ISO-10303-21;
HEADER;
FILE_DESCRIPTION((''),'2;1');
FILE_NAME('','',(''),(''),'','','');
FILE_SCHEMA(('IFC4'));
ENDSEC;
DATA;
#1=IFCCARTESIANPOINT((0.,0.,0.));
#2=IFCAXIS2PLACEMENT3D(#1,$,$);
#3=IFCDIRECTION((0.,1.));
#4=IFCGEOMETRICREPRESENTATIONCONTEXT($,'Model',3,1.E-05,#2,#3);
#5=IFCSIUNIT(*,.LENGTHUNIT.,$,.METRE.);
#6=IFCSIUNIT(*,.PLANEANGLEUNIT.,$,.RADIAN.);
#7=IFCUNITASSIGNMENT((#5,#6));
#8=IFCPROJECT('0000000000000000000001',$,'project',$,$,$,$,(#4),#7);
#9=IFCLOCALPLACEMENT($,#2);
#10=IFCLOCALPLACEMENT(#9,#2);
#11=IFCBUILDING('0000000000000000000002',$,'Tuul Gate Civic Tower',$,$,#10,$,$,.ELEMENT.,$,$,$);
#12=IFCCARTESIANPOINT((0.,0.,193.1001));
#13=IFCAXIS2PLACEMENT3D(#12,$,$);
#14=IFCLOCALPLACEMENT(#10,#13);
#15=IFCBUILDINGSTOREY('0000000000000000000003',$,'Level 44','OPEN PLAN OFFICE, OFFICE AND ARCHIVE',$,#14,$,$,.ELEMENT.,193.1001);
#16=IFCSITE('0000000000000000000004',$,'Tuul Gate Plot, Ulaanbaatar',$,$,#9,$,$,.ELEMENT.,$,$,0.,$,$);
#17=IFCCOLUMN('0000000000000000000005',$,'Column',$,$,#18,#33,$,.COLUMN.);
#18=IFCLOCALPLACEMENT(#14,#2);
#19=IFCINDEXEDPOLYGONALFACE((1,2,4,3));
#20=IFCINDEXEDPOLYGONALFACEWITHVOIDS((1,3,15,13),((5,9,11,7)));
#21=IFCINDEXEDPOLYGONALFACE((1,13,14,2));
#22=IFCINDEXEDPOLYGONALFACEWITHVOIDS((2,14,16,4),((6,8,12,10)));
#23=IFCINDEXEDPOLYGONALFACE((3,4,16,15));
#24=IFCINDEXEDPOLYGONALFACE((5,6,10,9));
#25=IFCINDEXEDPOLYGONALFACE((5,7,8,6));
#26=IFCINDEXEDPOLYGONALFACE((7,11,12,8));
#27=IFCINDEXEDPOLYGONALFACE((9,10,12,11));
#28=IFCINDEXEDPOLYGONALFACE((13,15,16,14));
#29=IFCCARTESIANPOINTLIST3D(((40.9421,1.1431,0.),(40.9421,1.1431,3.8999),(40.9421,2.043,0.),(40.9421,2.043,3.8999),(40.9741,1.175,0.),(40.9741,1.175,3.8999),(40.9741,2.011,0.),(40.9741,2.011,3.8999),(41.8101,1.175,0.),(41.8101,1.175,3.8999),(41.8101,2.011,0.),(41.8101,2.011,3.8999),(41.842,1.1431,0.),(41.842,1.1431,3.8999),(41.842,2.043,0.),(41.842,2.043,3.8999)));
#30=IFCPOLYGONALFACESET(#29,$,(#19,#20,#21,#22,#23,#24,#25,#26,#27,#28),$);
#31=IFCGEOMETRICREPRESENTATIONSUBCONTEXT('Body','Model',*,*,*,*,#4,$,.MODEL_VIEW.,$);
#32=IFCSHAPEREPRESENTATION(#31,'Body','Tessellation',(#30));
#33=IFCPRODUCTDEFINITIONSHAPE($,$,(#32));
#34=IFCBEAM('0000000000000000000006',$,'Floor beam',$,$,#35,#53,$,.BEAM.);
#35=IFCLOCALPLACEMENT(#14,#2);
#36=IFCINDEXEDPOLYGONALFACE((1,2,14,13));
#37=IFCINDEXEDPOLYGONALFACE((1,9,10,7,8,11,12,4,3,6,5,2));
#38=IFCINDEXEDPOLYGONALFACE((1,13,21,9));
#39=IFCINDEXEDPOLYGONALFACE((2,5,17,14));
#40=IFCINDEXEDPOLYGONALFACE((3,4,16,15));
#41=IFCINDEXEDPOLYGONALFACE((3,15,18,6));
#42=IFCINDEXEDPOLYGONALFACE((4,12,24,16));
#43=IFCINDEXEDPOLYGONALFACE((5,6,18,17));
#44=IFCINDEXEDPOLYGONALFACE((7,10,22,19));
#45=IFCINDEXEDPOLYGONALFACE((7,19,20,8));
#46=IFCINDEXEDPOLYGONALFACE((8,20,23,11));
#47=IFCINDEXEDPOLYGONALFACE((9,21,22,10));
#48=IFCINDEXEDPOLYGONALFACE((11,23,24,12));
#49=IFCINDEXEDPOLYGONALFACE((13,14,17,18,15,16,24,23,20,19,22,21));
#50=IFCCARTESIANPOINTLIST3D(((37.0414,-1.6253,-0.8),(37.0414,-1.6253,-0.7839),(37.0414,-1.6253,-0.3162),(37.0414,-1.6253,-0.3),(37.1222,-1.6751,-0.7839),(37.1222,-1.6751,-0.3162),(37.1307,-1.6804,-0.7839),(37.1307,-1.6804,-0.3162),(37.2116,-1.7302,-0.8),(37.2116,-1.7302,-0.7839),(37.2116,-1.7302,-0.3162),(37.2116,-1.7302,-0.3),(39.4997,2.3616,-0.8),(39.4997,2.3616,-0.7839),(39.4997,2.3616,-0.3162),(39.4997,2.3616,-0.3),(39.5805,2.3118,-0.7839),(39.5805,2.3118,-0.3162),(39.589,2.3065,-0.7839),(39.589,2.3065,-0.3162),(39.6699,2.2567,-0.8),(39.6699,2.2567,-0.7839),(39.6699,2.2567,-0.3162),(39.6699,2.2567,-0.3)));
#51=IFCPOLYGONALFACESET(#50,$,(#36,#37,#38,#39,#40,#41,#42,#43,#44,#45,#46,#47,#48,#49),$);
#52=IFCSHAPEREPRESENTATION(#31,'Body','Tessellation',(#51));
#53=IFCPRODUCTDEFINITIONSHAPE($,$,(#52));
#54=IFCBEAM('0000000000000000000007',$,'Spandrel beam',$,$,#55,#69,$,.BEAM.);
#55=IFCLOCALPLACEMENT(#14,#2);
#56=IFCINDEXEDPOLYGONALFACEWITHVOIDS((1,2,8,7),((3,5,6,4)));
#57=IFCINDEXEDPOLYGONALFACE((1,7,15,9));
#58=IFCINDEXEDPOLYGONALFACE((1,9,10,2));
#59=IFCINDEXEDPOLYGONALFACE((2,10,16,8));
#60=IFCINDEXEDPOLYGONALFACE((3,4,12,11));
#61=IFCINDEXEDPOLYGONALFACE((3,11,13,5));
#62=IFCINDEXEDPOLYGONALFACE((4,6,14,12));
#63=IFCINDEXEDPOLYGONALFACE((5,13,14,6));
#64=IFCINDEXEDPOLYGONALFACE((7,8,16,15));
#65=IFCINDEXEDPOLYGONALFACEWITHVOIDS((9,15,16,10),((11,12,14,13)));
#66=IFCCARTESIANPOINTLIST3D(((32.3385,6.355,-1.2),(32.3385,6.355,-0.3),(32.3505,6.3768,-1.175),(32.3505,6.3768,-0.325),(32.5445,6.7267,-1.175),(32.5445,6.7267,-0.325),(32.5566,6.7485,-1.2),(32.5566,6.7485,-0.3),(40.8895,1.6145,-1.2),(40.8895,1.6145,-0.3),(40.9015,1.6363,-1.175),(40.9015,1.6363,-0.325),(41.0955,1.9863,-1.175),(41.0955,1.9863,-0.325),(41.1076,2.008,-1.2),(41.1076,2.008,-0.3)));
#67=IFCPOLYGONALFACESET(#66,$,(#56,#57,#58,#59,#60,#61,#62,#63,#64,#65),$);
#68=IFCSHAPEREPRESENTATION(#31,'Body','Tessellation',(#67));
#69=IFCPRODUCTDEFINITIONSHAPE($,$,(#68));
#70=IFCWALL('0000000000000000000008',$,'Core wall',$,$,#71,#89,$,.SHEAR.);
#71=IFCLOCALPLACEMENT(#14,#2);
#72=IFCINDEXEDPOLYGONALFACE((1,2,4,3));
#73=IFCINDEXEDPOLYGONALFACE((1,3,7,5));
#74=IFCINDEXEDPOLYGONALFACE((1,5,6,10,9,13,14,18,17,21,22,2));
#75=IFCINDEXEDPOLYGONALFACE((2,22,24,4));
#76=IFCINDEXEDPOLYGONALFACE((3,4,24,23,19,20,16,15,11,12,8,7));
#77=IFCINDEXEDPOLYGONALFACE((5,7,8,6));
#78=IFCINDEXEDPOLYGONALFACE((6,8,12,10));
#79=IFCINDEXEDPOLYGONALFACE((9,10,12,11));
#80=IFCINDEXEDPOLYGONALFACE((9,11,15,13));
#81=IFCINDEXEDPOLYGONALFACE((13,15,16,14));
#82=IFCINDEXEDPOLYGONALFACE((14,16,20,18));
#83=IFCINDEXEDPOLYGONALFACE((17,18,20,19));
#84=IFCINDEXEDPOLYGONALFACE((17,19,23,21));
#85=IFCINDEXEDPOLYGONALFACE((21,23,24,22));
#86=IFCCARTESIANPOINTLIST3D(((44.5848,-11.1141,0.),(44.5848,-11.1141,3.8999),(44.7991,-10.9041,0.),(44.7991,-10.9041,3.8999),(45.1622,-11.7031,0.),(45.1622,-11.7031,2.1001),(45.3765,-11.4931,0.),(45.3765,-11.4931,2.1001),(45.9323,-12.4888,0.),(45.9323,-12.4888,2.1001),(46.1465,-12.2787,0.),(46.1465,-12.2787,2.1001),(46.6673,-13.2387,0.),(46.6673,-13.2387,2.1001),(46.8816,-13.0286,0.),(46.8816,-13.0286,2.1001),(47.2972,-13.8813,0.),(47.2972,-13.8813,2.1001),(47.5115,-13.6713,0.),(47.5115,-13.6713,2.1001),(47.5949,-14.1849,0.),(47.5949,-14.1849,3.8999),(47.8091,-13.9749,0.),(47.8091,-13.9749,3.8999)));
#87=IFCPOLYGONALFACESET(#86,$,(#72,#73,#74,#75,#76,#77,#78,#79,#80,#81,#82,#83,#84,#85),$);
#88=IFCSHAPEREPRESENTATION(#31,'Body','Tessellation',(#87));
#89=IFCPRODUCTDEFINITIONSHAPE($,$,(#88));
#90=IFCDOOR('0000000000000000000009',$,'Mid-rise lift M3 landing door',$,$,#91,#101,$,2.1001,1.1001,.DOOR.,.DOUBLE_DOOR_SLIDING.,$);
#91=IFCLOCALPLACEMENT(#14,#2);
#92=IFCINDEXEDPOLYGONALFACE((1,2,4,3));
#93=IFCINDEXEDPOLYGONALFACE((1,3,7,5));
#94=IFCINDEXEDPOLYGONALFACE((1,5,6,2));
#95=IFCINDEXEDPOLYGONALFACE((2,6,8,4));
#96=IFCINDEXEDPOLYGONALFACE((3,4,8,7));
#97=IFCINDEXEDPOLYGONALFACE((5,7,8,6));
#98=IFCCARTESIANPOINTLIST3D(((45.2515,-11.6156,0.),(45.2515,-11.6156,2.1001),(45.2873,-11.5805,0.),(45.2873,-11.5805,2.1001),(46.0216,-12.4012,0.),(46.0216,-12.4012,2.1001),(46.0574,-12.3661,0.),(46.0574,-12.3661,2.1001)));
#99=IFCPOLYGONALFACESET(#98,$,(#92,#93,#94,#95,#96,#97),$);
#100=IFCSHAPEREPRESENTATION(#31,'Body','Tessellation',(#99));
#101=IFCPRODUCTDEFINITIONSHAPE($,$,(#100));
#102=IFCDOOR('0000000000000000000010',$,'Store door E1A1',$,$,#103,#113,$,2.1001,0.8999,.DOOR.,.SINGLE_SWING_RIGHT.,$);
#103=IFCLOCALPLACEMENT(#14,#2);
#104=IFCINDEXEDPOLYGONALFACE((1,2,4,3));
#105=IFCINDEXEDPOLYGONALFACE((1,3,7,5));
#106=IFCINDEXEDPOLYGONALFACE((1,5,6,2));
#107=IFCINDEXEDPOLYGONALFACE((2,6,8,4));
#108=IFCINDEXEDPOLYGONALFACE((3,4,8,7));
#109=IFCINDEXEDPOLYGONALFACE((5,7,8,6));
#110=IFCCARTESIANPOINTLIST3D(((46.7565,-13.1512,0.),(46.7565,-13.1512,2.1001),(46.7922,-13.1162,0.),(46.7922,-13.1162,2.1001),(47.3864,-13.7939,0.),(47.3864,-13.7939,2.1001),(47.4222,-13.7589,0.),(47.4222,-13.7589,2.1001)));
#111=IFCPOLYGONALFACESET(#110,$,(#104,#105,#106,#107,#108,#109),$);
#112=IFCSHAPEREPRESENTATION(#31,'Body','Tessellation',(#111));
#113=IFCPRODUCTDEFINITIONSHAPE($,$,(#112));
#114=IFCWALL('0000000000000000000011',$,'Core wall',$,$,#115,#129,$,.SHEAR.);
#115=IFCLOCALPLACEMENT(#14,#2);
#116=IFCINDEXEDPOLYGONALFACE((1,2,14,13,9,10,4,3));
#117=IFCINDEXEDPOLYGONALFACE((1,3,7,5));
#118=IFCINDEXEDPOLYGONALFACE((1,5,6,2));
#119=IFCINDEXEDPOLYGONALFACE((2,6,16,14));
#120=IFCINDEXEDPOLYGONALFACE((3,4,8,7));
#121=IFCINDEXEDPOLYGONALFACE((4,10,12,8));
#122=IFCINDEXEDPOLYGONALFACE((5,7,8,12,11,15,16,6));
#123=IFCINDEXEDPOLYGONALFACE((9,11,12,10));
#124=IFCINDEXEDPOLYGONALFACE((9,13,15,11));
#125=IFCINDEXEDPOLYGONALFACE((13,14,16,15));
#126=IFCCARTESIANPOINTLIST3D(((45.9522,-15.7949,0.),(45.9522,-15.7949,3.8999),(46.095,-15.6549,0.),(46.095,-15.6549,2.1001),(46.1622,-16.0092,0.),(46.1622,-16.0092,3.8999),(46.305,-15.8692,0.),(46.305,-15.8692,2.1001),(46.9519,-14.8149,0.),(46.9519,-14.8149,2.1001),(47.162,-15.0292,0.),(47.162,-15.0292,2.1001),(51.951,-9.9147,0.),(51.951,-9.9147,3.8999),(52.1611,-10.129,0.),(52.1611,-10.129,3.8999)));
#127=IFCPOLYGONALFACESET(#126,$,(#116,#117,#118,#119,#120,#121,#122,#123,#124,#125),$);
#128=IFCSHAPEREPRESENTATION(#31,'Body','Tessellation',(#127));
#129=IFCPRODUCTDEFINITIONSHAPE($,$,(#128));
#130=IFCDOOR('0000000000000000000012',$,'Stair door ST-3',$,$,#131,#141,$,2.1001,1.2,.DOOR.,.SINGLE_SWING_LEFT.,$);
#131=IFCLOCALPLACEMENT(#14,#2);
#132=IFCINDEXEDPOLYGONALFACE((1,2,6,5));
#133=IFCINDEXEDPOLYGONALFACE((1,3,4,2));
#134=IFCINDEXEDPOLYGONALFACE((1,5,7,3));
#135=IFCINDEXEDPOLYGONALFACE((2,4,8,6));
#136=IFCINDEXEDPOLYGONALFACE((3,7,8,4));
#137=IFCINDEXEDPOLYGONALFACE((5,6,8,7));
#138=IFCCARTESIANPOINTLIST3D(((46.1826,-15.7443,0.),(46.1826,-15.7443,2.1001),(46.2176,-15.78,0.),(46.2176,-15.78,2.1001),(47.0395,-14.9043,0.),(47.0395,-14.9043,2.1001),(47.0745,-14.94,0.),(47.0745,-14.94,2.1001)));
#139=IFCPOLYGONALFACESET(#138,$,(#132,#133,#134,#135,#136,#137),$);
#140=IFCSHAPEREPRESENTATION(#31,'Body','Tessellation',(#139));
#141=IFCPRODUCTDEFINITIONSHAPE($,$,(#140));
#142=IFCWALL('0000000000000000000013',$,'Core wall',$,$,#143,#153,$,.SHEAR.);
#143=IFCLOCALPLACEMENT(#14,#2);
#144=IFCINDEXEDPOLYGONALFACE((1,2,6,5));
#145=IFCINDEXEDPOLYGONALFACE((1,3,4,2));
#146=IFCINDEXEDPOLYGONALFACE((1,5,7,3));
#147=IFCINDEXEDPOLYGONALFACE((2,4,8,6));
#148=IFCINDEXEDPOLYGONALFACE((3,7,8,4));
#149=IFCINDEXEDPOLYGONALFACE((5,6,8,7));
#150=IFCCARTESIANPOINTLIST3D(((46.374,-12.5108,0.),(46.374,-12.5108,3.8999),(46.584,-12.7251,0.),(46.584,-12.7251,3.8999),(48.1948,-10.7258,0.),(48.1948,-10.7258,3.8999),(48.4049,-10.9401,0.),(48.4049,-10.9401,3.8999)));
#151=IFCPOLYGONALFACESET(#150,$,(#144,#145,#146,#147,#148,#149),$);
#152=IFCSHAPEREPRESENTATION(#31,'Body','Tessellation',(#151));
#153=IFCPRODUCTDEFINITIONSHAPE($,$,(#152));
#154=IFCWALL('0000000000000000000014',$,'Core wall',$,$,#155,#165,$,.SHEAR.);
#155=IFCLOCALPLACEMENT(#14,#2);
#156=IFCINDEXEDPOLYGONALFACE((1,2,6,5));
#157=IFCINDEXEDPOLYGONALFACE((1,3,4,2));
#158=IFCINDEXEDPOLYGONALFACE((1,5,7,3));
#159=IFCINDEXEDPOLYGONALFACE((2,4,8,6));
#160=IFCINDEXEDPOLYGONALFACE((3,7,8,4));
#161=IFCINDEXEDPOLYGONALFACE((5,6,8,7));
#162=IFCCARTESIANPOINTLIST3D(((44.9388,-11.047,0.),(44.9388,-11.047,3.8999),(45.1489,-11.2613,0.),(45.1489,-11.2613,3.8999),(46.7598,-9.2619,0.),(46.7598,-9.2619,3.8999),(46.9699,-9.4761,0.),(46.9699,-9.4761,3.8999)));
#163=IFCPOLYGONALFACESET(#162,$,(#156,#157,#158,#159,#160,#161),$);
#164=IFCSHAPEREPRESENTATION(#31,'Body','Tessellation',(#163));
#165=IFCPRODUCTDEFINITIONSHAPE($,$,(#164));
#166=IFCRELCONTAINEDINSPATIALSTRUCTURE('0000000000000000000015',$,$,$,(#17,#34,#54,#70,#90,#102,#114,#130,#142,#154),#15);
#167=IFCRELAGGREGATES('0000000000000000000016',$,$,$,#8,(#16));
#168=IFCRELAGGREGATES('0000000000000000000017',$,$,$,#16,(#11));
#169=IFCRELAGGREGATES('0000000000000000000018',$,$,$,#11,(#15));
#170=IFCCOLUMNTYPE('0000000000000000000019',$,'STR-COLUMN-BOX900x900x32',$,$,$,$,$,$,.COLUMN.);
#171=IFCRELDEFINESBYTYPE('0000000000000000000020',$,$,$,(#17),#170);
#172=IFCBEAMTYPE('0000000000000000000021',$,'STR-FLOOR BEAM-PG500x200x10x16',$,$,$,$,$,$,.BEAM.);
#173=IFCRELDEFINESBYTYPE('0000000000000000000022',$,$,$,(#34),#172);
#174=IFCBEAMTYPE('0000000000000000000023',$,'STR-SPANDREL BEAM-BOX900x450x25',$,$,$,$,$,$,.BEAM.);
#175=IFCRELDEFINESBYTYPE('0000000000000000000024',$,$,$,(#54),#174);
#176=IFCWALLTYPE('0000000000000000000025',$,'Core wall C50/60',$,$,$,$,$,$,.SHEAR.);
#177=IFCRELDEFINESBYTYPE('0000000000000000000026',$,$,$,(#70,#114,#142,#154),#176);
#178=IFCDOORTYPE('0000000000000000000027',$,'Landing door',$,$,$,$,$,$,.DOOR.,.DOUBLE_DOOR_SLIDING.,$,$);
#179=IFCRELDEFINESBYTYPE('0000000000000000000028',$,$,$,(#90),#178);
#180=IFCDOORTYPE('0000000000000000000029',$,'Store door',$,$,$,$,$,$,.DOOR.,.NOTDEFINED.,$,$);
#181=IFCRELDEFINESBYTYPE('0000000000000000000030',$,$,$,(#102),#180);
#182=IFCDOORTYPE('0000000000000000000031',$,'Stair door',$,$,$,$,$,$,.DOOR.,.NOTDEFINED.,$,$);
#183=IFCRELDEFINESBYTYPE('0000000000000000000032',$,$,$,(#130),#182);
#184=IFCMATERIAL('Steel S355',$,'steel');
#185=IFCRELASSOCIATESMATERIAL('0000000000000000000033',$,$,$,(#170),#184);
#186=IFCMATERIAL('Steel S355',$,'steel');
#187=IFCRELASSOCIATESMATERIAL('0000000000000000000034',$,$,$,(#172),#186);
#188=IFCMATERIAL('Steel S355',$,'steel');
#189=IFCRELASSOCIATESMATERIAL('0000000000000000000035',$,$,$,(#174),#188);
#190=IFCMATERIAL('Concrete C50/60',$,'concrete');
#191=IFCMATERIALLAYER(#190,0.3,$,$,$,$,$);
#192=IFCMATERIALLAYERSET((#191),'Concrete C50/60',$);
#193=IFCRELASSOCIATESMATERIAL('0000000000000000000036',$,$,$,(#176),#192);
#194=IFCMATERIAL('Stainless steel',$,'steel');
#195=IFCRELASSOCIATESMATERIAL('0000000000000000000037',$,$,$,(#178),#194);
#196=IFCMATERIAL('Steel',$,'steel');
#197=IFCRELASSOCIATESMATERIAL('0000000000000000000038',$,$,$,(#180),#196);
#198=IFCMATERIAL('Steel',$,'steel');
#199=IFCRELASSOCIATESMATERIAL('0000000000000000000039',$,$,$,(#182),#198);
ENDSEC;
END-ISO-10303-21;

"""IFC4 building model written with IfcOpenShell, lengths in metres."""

from ifc_helpers import new_model, si_unit, direction, frame, frame_2d, origin, origin_2d, place, context, subcontext, project, spatial, rectangle, hollow_rectangle, i_section, extrude, material, layer, layer_set, material_profile, profile_set, type_object, element, fill, save


model = new_model("IFC4")

# Units and contexts
model_context = context("Model", 3, precision=1e-05, world=origin(), true_north=direction((0.0, 1.0)))
body_context = subcontext(model_context, "Body", "Model", "MODEL_VIEW")
ifc_project = project(units=[si_unit("LENGTHUNIT", "METRE"), si_unit("PLANEANGLEUNIT", "RADIAN")], contexts=[model_context])

# Site, building, storey
site_placement = place(None, origin())
site = spatial("IfcSite", under=ifc_project, at=site_placement, Name="Tuul Gate Plot, Ulaanbaatar", CompositionType="ELEMENT", RefElevation=0.0)
building_placement = place(site_placement, origin())
building = spatial("IfcBuilding", under=site, at=building_placement, Name="Tuul Gate Civic Tower", CompositionType="ELEMENT")
storey_placement = place(building_placement, frame((0.0, 0.0, 193.1001)))
storey = spatial("IfcBuildingStorey", under=building, at=storey_placement, Name="Level 44", Description="OPEN PLAN OFFICE, OFFICE AND ARCHIVE", CompositionType="ELEMENT", Elevation=193.1001)

# Column
ifc_material_1 = material(Name="Steel S355", Category="steel")
ifc_material_profile_1 = material_profile(ifc_material_1, hollow_rectangle(XDim=0.8999, YDim=0.8999, WallThickness=0.032, at=origin_2d()), Name="BOX900x900x32")
ifc_profile_set_1 = profile_set([ifc_material_profile_1], Name="Steel S355")
column_type = type_object("IfcColumnType", Name="STR-COLUMN-BOX900x900x32", PredefinedType="COLUMN", material=ifc_profile_set_1)
column_placement = place(storey_placement, frame((41.3921, 1.593, 0.0), z_axis=(0.0, 0.0, 1.0), x_axis=(1.0, 0.0, 0.0)))
element("IfcColumn", 1, at=column_placement, inside=storey, type_object=column_type, Name="Column", PredefinedType="COLUMN", context=body_context, shape_type="SweptSolid", body=[
    extrude(hollow_rectangle(XDim=0.8999, YDim=0.8999, WallThickness=0.032, at=origin_2d()), origin(), (0.0, 0.0, 1.0), 3.8999),
])

# Beams
ifc_material_2 = material(Name="Steel S355", Category="steel")
ifc_material_profile_2 = material_profile(ifc_material_2, i_section(OverallWidth=0.2, OverallDepth=0.5, WebThickness=0.01, FlangeThickness=0.0161, at=origin_2d()), Name="PG500x200x10x16")
ifc_profile_set_2 = profile_set([ifc_material_profile_2], Name="Steel S355")
beam_type_1 = type_object("IfcBeamType", Name="STR-FLOOR BEAM-PG500x200x10x16", PredefinedType="BEAM", material=ifc_profile_set_2)
beam_1_placement = place(storey_placement, frame((37.1265, -1.6777, -0.55), z_axis=(0.524845, 0.851198, 0.0), x_axis=(-0.851198, 0.524845, 0.0)))
element("IfcBeam", 2, at=beam_1_placement, inside=storey, type_object=beam_type_1, Name="Floor beam", PredefinedType="BEAM", context=body_context, shape_type="SweptSolid", body=[
    extrude(i_section(OverallWidth=0.2, OverallDepth=0.5, WebThickness=0.01, FlangeThickness=0.0161, at=origin_2d()), origin(), (0.0, 0.0, 1.0), 4.6838),
])
ifc_material_3 = material(Name="Steel S355", Category="steel")
ifc_material_profile_3 = material_profile(ifc_material_3, hollow_rectangle(XDim=0.45, YDim=0.8999, WallThickness=0.0249, at=origin_2d()), Name="BOX900x450x25")
ifc_profile_set_3 = profile_set([ifc_material_profile_3], Name="Steel S355")
beam_type_2 = type_object("IfcBeamType", Name="STR-SPANDREL BEAM-BOX900x450x25", PredefinedType="BEAM", material=ifc_profile_set_3)
beam_2_placement = place(storey_placement, frame((40.9985, 1.8113, -0.75), z_axis=(-0.874595, 0.484854, 0.0), x_axis=(-0.484854, -0.874595, 0.0)))
element("IfcBeam", 3, at=beam_2_placement, inside=storey, type_object=beam_type_2, Name="Spandrel beam", PredefinedType="BEAM", context=body_context, shape_type="SweptSolid", body=[
    extrude(hollow_rectangle(XDim=0.45, YDim=0.8999, WallThickness=0.0249, at=origin_2d()), origin(), (0.0, 0.0, 1.0), 9.7771),
])

# Wall, openings, doors
ifc_material_4 = material(Name="Concrete C50/60", Category="concrete")
ifc_layer_1 = layer(ifc_material_4, 0.3)
ifc_layer_set_1 = layer_set([ifc_layer_1], Name="Concrete C50/60")
wall_type_1 = type_object("IfcWallType", Name="Core wall C50/60", PredefinedType="SHEAR", material=ifc_layer_set_1)
wall_1_placement = place(storey_placement, frame((47.7019, -14.0798, 0.0), z_axis=(0.0, 0.0, 1.0), x_axis=(-0.700003, 0.71414, 0.0)))
wall_1 = element("IfcWall", 4, at=wall_1_placement, inside=storey, type_object=wall_type_1, Name="Core wall", PredefinedType="SHEAR", context=body_context, shape_type="SweptSolid", body=[
    extrude(rectangle(XDim=4.3, YDim=0.3, at=frame_2d((2.1499, 0.0))), origin(), (0.0, 0.0, 1.0), 3.8999),
])
opening_1_placement = place(wall_1_placement, frame((0.425, 0.0, 0.0)))
opening_1 = element("IfcOpeningElement", 5, at=opening_1_placement, cuts=wall_1, PredefinedType="OPENING", context=body_context, shape_type="SweptSolid", body=[
    extrude(rectangle(XDim=0.8999, YDim=2.1001, at=frame_2d((0.45, 1.05))), frame((0.0, 0.1602, 0.0), z_axis=(0.0, -1.0, 0.0), x_axis=(1.0, 0.0, 0.0)), (0.0, 0.0, 1.0), 0.3201),
])
opening_2_placement = place(wall_1_placement, frame((2.375, 0.0, 0.0)))
opening_2 = element("IfcOpeningElement", 6, at=opening_2_placement, cuts=wall_1, PredefinedType="OPENING", context=body_context, shape_type="SweptSolid", body=[
    extrude(rectangle(XDim=1.1001, YDim=2.1001, at=frame_2d((0.55, 1.05))), frame((0.0, 0.1602, 0.0), z_axis=(0.0, -1.0, 0.0), x_axis=(1.0, 0.0, 0.0)), (0.0, 0.0, 1.0), 0.3201),
])
ifc_material_5 = material(Name="Stainless steel", Category="steel")
door_type_1 = type_object("IfcDoorType", Name="Landing door", OperationType="DOUBLE_DOOR_SLIDING", PredefinedType="DOOR", material=ifc_material_5)
door_1_placement = place(opening_2_placement, origin())
door_1 = element("IfcDoor", 7, at=door_1_placement, inside=storey, type_object=door_type_1, Name="Mid-rise lift M3 landing door", OperationType="DOUBLE_DOOR_SLIDING", OverallHeight=2.1001, OverallWidth=1.1001, PredefinedType="DOOR", context=body_context, shape_type="SweptSolid", body=[
    extrude(rectangle(XDim=1.1001, YDim=2.1001, at=frame_2d((0.55, 1.05))), frame((0.0, 0.0249, 0.0), z_axis=(0.0, -1.0, 0.0), x_axis=(1.0, 0.0, 0.0)), (0.0, 0.0, 1.0), 0.05),
])
fill(opening_2, door_1)
ifc_material_6 = material(Name="Steel", Category="steel")
door_type_2 = type_object("IfcDoorType", Name="Store door", OperationType="NOTDEFINED", PredefinedType="DOOR", material=ifc_material_6)
door_2_placement = place(opening_1_placement, frame((0.8999, 0.0, 0.0), z_axis=(0.0, 0.0, 1.0), x_axis=(-1.0, 0.0, 0.0)))
door_2 = element("IfcDoor", 8, at=door_2_placement, inside=storey, type_object=door_type_2, Name="Store door E1A1", OperationType="SINGLE_SWING_RIGHT", OverallHeight=2.1001, OverallWidth=0.8999, PredefinedType="DOOR", context=body_context, shape_type="SweptSolid", body=[
    extrude(rectangle(XDim=0.8999, YDim=2.1001, at=frame_2d((0.45, 1.05))), frame((0.0, 0.0249, 0.0), z_axis=(0.0, -1.0, 0.0), x_axis=(1.0, 0.0, 0.0)), (0.0, 0.0, 1.0), 0.05),
])
fill(opening_1, door_2)

# Wall, opening, door
wall_2_placement = place(storey_placement, frame((46.0571, -15.9021, 0.0), z_axis=(0.0, 0.0, 1.0), x_axis=(0.714134, 0.700009, 0.0)))
wall_2 = element("IfcWall", 9, at=wall_2_placement, inside=storey, type_object=wall_type_1, Name="Core wall", PredefinedType="SHEAR", context=body_context, shape_type="SweptSolid", body=[
    extrude(rectangle(XDim=8.4001, YDim=0.3, at=frame_2d((4.2002, 0.0))), origin(), (0.0, 0.0, 1.0), 3.8999),
])
opening_3_placement = place(wall_2_placement, frame((0.2, 0.0, 0.0)))
opening_3 = element("IfcOpeningElement", 10, at=opening_3_placement, cuts=wall_2, PredefinedType="OPENING", context=body_context, shape_type="SweptSolid", body=[
    extrude(rectangle(XDim=1.2, YDim=2.1001, at=frame_2d((0.6001, 1.05))), frame((0.0, 0.1602, 0.0), z_axis=(0.0, -1.0, 0.0), x_axis=(1.0, 0.0, 0.0)), (0.0, 0.0, 1.0), 0.3201),
])
ifc_material_7 = material(Name="Steel", Category="steel")
door_type_3 = type_object("IfcDoorType", Name="Stair door", OperationType="NOTDEFINED", PredefinedType="DOOR", material=ifc_material_7)
door_3_placement = place(opening_3_placement, origin())
door_3 = element("IfcDoor", 11, at=door_3_placement, inside=storey, type_object=door_type_3, Name="Stair door ST-3", OperationType="SINGLE_SWING_LEFT", OverallHeight=2.1001, OverallWidth=1.2, PredefinedType="DOOR", context=body_context, shape_type="SweptSolid", body=[
    extrude(rectangle(XDim=1.2, YDim=2.1001, at=frame_2d((0.6001, 1.05))), frame((0.0, 0.0249, 0.0), z_axis=(0.0, -1.0, 0.0), x_axis=(1.0, 0.0, 0.0)), (0.0, 0.0, 1.0), 0.05),
])
fill(opening_3, door_3)

# Walls
wall_3_placement = place(storey_placement, frame((46.479, -12.6179, 0.0), z_axis=(0.0, 0.0, 1.0), x_axis=(0.714109, 0.700034, 0.0)))
element("IfcWall", 12, at=wall_3_placement, inside=storey, type_object=wall_type_1, Name="Core wall", PredefinedType="SHEAR", context=body_context, shape_type="SweptSolid", body=[
    extrude(rectangle(XDim=2.5498, YDim=0.3, at=frame_2d((1.2749, 0.0))), origin(), (0.0, 0.0, 1.0), 3.8999),
])
wall_4_placement = place(storey_placement, frame((45.0439, -11.1541, 0.0), z_axis=(0.0, 0.0, 1.0), x_axis=(0.714108, 0.700035, 0.0)))
element("IfcWall", 13, at=wall_4_placement, inside=storey, type_object=wall_type_1, Name="Core wall", PredefinedType="SHEAR", context=body_context, shape_type="SweptSolid", body=[
    extrude(rectangle(XDim=2.55, YDim=0.3, at=frame_2d((1.2749, 0.0))), origin(), (0.0, 0.0, 1.0), 3.8999),
])

save(model, "model.ifc")
